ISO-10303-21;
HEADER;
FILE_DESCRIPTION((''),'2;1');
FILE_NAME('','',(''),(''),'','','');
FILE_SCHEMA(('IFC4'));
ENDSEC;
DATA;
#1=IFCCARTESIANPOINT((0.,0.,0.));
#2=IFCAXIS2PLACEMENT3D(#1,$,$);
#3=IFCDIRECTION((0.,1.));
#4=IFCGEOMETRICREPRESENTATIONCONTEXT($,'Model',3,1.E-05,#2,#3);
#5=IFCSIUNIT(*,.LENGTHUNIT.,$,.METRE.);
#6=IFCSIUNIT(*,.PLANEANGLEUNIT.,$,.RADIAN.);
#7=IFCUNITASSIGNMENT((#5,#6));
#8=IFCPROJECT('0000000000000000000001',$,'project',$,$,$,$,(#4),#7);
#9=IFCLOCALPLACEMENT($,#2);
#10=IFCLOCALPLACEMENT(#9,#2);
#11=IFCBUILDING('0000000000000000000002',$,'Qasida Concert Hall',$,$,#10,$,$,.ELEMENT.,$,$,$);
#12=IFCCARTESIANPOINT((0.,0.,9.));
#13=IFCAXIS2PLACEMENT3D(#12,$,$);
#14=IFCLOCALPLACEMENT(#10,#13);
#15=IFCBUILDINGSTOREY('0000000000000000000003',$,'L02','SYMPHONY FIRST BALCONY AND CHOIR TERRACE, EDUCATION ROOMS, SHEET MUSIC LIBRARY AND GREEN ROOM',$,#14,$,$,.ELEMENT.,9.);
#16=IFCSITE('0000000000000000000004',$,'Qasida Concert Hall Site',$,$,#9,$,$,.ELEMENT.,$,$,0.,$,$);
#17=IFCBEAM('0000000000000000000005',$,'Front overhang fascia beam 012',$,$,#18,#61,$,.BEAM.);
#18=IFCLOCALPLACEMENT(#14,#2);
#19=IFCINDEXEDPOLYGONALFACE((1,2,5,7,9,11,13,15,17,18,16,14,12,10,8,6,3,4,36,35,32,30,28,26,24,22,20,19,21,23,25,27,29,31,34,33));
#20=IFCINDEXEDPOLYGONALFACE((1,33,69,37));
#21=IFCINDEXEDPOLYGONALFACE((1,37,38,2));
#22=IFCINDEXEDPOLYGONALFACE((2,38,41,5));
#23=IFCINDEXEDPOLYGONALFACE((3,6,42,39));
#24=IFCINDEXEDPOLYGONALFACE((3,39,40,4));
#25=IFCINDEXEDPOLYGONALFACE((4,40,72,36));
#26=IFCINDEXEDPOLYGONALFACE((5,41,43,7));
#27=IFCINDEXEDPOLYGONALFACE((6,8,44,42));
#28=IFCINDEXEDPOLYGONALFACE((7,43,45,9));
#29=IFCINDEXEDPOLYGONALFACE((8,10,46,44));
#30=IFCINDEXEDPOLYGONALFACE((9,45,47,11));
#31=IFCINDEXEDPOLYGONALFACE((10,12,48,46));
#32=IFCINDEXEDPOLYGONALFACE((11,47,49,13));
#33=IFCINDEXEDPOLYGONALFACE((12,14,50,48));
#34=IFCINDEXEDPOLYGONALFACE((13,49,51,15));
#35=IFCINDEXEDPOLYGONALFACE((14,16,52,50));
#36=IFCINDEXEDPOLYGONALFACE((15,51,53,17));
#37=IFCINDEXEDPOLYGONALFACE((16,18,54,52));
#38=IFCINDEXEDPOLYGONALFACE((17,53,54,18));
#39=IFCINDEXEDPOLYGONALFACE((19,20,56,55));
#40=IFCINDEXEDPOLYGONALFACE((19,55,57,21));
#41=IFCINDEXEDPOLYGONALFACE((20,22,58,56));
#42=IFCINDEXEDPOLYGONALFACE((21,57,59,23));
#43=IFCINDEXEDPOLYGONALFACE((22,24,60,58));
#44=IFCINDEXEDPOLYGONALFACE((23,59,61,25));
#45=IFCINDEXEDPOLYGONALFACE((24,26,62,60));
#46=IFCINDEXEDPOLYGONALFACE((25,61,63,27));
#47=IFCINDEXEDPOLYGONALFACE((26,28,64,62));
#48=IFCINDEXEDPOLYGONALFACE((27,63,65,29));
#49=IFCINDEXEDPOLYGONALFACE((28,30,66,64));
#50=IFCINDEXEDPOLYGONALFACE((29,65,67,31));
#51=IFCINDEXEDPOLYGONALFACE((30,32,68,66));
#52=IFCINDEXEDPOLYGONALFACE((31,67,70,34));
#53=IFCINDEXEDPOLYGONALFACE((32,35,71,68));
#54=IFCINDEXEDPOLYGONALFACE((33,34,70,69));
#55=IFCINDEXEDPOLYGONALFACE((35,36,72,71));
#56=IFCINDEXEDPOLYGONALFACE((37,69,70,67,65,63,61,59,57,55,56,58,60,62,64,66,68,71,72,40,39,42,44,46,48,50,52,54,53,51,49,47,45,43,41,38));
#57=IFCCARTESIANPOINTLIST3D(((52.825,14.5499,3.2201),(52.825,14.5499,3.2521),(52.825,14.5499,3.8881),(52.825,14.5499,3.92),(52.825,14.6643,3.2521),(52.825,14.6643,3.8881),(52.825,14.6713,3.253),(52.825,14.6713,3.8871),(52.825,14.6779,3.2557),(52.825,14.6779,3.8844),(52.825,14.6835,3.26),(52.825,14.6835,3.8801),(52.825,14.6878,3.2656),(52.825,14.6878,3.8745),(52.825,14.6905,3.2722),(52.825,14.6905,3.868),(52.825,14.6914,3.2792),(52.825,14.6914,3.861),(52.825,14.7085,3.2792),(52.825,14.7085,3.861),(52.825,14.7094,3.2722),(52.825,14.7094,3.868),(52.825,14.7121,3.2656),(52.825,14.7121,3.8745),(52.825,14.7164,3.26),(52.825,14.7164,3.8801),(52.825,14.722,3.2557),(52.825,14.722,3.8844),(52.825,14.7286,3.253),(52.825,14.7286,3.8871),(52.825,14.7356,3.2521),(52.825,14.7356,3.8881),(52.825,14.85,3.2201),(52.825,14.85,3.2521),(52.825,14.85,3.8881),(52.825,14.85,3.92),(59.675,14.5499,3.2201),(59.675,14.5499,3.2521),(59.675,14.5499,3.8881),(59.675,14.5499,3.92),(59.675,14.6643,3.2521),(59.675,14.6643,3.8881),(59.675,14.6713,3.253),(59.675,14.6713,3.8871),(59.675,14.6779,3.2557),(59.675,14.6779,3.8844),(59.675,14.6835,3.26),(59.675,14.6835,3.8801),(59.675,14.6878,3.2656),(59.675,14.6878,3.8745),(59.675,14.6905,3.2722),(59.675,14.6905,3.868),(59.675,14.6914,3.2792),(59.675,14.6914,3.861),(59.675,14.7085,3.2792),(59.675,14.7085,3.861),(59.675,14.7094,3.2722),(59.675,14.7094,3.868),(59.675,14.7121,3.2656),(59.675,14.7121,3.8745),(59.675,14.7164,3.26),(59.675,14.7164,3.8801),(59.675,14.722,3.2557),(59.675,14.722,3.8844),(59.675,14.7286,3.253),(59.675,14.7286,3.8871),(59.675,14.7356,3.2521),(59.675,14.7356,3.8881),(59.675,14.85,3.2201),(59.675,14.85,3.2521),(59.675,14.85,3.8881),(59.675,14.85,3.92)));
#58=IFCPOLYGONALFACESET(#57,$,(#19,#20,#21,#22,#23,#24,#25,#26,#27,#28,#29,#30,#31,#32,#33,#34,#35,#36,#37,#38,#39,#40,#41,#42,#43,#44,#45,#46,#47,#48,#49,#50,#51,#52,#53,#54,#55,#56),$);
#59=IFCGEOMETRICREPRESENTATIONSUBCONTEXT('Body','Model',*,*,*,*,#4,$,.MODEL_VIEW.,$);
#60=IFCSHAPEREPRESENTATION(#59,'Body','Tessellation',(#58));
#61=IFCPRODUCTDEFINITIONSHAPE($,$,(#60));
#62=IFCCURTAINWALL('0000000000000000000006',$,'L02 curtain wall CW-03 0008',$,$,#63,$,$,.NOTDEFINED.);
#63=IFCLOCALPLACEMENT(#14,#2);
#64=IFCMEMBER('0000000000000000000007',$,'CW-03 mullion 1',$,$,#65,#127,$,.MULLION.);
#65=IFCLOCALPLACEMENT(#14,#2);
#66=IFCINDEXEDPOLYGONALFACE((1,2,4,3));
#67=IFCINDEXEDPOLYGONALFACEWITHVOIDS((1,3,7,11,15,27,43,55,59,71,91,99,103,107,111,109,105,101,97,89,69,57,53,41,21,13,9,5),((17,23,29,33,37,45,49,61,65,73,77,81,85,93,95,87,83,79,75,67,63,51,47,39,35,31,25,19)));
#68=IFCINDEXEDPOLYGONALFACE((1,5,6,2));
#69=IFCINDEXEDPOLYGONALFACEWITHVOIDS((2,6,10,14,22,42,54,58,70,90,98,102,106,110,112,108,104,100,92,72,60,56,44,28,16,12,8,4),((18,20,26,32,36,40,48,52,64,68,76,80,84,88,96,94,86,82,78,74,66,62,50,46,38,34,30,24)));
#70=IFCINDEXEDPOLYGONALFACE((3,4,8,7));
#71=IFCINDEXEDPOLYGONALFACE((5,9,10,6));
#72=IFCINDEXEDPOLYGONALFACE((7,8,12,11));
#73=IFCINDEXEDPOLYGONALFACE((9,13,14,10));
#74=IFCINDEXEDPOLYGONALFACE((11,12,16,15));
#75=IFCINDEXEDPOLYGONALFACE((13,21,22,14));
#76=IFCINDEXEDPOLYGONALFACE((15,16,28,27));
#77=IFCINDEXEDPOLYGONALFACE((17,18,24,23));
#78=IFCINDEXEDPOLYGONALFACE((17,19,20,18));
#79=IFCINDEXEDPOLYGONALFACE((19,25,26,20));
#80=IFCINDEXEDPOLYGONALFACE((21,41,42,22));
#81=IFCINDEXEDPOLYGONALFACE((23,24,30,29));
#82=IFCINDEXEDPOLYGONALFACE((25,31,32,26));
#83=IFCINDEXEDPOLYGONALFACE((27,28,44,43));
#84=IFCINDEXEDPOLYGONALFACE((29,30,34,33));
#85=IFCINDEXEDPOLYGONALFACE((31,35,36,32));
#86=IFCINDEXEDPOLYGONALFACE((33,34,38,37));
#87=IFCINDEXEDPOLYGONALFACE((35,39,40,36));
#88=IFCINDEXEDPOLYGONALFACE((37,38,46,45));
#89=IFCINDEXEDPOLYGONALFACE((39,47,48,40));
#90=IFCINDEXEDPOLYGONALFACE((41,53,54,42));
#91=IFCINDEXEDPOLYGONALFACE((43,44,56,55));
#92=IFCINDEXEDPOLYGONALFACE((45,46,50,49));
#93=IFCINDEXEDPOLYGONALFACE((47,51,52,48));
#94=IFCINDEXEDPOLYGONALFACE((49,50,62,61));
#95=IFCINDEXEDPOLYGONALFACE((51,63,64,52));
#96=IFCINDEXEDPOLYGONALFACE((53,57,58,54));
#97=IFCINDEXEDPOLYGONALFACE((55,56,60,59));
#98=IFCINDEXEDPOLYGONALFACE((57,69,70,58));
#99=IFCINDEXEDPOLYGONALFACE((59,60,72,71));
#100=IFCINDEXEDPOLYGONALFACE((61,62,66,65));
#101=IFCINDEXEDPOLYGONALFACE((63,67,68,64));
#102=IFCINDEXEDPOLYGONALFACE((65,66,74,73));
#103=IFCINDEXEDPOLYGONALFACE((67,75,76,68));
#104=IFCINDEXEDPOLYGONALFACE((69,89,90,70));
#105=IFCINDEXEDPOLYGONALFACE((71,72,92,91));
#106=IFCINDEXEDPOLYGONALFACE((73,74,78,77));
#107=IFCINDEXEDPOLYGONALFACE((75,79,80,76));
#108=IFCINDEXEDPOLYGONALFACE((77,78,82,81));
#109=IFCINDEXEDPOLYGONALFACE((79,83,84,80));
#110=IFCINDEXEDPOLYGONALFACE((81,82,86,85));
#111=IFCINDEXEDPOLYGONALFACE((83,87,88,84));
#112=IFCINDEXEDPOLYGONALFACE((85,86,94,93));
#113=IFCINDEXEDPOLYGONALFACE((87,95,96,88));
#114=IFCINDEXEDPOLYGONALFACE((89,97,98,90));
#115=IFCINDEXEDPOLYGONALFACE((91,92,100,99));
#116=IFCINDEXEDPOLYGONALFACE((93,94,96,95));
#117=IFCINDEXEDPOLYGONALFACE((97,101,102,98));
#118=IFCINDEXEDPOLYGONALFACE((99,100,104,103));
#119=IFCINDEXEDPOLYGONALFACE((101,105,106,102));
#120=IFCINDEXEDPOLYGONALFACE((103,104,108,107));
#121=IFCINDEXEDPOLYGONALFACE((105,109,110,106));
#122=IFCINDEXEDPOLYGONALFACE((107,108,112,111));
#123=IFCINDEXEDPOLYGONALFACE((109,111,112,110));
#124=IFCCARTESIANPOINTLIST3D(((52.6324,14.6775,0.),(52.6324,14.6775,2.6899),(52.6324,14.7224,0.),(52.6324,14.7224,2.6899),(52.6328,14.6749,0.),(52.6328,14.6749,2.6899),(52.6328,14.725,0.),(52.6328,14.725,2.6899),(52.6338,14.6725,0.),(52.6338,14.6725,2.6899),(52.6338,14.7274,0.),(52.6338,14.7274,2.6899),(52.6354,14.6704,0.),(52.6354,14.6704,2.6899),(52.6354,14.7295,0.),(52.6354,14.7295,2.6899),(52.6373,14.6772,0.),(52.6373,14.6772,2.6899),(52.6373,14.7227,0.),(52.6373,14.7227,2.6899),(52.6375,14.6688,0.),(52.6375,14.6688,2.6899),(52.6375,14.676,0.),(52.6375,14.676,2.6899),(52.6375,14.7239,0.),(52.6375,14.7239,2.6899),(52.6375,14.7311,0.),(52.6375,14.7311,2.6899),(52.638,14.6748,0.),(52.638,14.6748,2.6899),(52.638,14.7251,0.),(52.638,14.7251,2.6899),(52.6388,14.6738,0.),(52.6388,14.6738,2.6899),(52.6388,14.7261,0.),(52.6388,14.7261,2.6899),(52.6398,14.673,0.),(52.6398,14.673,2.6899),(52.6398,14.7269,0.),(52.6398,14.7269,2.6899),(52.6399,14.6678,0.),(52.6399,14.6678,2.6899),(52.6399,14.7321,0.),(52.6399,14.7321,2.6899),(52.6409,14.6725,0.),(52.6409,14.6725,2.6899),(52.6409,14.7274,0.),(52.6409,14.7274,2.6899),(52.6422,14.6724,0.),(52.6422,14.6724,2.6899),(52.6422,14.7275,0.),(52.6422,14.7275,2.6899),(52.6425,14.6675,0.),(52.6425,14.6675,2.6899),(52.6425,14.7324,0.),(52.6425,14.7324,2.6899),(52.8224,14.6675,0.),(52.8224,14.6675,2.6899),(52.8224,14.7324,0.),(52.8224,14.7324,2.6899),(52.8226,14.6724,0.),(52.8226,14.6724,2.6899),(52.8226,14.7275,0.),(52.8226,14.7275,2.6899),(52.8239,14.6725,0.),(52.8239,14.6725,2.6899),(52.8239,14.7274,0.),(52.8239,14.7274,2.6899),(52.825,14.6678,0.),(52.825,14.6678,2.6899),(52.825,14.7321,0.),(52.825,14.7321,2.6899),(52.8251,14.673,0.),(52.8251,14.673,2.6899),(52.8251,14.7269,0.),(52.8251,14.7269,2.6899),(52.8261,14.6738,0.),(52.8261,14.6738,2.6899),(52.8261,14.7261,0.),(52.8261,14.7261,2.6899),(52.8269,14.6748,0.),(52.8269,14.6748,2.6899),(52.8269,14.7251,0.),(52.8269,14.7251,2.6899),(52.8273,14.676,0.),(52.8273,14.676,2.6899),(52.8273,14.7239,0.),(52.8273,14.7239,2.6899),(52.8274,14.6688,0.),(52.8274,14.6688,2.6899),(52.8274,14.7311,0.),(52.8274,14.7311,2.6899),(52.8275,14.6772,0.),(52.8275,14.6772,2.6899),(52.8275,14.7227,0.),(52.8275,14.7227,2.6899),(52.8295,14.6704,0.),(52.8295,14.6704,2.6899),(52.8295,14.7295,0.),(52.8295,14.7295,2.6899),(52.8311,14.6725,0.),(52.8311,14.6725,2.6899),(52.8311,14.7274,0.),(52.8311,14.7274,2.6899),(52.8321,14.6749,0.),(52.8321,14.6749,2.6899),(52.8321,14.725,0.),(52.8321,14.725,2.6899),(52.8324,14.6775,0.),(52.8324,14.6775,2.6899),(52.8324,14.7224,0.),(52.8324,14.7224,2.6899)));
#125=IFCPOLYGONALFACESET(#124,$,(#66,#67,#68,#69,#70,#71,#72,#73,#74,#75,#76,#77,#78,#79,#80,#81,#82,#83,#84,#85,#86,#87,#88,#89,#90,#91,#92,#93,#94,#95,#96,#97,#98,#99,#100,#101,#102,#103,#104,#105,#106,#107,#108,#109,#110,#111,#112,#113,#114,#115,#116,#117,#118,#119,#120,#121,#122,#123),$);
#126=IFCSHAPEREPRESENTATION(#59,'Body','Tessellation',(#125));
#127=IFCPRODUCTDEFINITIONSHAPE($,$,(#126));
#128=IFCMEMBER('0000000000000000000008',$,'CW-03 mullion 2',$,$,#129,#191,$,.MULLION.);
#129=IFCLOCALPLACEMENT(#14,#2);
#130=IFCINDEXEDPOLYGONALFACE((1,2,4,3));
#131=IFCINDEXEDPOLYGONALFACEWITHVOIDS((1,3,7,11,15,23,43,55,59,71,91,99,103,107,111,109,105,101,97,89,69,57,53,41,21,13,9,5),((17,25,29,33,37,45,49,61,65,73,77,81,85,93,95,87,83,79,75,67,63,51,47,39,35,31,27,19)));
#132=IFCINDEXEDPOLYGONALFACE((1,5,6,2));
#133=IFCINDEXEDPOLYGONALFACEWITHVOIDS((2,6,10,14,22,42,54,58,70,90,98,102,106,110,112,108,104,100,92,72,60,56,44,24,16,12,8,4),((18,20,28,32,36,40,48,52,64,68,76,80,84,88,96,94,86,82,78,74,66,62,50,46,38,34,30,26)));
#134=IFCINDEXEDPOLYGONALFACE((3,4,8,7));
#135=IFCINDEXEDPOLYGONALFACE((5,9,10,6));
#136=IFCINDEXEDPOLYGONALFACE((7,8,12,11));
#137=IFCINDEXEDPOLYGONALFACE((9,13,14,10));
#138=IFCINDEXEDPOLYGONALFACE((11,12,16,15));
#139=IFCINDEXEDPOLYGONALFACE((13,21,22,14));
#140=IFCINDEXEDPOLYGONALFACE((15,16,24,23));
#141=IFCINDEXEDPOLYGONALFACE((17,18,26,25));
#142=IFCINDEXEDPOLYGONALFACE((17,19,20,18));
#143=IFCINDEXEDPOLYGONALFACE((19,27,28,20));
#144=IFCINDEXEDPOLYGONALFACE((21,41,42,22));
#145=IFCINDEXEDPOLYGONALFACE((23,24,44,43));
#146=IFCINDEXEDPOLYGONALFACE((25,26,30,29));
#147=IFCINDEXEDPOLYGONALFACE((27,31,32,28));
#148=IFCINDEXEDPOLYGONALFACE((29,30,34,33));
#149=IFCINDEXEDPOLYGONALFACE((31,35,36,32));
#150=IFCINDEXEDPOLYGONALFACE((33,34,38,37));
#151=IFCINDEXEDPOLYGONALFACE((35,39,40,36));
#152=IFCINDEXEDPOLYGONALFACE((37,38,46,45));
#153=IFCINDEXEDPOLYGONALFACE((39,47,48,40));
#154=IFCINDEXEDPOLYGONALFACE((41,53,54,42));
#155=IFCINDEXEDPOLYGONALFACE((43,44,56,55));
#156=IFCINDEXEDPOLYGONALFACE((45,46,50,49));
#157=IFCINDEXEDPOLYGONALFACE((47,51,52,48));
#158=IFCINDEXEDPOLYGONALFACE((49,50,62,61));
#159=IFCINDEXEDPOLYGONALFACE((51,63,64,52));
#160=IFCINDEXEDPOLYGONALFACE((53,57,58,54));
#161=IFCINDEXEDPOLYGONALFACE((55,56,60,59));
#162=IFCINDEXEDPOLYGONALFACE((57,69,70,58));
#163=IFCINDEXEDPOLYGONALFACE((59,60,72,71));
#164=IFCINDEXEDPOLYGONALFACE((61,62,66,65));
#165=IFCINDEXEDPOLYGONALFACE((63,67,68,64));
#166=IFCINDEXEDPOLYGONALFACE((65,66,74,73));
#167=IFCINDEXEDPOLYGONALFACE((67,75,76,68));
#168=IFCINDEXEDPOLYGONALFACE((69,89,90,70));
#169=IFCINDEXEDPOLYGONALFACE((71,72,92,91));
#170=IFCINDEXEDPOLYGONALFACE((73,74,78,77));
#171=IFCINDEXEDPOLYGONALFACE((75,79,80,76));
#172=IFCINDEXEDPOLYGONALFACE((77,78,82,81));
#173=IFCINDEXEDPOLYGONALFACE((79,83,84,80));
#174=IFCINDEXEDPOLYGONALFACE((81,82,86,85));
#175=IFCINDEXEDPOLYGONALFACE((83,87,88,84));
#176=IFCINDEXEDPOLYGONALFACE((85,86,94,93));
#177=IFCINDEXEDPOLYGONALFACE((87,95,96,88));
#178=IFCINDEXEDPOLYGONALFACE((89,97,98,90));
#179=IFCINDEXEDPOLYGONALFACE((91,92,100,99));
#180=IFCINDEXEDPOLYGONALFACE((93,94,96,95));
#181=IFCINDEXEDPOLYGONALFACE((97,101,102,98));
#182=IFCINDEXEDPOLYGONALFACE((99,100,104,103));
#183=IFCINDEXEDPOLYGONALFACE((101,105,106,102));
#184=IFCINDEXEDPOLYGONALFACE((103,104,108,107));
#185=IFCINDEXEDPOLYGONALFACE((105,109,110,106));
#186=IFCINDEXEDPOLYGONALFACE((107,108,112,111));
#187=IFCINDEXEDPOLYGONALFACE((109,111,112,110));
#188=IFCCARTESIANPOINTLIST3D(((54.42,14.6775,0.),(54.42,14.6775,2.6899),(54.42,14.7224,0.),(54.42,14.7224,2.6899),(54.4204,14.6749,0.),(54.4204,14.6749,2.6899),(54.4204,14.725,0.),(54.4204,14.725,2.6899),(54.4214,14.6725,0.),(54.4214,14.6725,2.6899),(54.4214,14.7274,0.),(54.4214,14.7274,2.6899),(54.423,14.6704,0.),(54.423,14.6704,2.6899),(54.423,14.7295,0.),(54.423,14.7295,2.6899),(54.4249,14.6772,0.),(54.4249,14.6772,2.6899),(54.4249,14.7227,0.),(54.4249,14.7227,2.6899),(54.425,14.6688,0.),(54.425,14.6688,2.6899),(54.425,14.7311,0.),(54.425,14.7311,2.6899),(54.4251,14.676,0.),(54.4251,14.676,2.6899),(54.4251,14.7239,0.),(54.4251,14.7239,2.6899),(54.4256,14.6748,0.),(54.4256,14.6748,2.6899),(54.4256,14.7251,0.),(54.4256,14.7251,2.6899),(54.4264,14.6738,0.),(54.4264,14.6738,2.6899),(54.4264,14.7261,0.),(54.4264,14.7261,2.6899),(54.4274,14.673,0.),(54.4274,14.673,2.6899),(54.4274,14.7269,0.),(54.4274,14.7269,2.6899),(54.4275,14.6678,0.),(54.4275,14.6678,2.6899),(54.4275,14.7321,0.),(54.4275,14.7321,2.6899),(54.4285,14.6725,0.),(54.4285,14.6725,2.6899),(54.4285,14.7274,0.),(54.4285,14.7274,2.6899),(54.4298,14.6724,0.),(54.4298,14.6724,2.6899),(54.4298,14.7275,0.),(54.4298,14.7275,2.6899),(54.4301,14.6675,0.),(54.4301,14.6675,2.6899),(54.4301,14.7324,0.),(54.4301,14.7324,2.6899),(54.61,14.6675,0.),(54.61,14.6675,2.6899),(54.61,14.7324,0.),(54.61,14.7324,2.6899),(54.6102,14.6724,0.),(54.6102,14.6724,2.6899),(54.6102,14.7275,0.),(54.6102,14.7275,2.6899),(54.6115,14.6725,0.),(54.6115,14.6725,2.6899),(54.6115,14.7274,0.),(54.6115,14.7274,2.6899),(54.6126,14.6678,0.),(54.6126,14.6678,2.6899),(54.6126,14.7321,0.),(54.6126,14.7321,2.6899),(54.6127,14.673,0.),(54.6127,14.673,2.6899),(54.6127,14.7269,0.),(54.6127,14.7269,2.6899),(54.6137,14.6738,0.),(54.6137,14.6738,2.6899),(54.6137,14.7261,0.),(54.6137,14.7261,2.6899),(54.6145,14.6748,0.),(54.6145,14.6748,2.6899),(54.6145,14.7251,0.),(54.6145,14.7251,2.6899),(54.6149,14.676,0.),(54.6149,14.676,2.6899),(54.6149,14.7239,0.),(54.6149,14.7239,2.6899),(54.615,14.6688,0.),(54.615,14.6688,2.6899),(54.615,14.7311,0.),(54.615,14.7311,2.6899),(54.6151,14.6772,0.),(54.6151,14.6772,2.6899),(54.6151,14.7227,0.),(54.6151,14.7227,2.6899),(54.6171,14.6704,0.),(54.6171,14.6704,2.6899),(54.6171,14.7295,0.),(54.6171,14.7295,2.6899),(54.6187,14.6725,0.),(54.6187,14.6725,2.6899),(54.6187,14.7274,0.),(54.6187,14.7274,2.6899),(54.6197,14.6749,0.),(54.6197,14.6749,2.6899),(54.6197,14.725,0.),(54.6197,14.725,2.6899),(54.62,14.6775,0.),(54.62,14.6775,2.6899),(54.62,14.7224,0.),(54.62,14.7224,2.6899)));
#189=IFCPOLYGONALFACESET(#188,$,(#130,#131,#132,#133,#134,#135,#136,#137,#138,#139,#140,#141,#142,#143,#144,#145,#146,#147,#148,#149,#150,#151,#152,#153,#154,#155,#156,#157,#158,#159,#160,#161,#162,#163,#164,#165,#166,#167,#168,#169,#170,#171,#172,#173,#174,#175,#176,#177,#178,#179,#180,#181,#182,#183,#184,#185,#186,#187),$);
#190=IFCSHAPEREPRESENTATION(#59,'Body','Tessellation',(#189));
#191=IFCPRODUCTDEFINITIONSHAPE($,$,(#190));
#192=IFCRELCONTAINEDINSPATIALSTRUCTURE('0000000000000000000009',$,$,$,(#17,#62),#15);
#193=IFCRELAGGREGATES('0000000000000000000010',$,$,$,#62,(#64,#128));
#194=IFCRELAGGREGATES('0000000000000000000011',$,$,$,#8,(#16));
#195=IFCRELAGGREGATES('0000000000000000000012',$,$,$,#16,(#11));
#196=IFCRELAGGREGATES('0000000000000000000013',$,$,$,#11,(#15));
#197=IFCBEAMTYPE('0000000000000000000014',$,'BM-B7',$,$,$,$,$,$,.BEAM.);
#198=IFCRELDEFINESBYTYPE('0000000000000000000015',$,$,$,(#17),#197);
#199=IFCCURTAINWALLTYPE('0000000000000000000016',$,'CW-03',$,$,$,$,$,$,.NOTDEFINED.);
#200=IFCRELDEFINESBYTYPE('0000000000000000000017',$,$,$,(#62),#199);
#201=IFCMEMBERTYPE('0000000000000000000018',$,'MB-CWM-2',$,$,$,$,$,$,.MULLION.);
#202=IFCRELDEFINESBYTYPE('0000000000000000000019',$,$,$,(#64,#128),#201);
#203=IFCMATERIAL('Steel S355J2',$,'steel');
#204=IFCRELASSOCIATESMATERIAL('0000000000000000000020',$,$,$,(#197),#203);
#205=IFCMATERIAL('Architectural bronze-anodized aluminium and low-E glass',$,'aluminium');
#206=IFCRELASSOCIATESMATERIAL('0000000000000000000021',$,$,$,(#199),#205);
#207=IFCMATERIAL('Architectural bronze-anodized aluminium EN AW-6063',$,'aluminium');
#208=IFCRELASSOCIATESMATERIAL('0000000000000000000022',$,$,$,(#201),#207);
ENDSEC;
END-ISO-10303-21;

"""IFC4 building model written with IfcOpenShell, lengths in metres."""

from ifc_helpers import new_model, si_unit, direction, frame, origin, origin_2d, place, context, subcontext, project, spatial, hollow_rectangle, i_section, extrude, material, material_profile, profile_set, type_object, element, aggregate, save


model = new_model("IFC4")

# Units and contexts
model_context = context("Model", 3, precision=1e-05, world=origin(), true_north=direction((0.0, 1.0)))
body_context = subcontext(model_context, "Body", "Model", "MODEL_VIEW")
ifc_project = project(units=[si_unit("LENGTHUNIT", "METRE"), si_unit("PLANEANGLEUNIT", "RADIAN")], contexts=[model_context])

# Site, building, storey
site_placement = place(None, origin())
site = spatial("IfcSite", under=ifc_project, at=site_placement, Name="Qasida Concert Hall Site", CompositionType="ELEMENT", RefElevation=0.0)
building_placement = place(site_placement, origin())
building = spatial("IfcBuilding", under=site, at=building_placement, Name="Qasida Concert Hall", CompositionType="ELEMENT")
storey_placement = place(building_placement, frame((0.0, 0.0, 9.0)))
storey = spatial("IfcBuildingStorey", under=building, at=storey_placement, Name="L02", Description="SYMPHONY FIRST BALCONY AND CHOIR TERRACE, EDUCATION ROOMS, SHEET MUSIC LIBRARY AND GREEN ROOM", CompositionType="ELEMENT", Elevation=9.0)

# Beam
ifc_material_1 = material(Name="Steel S355J2", Category="steel")
ifc_material_profile_1 = material_profile(ifc_material_1, i_section(OverallWidth=0.3, OverallDepth=0.7, WebThickness=0.0171, FlangeThickness=0.032, FilletRadius=0.0271, at=origin_2d()), Name="HEB 700")
ifc_profile_set_1 = profile_set([ifc_material_profile_1], Name="Steel S355J2")
beam_type = type_object("IfcBeamType", Name="BM-B7", PredefinedType="BEAM", material=ifc_profile_set_1)
beam_placement = place(storey_placement, frame((52.825, 14.7, 3.5701), z_axis=(1.0, 0.0, 0.0), x_axis=(0.0, 1.0, 0.0)))
element("IfcBeam", 1, at=beam_placement, inside=storey, type_object=beam_type, Name="Front overhang fascia beam 012", PredefinedType="BEAM", context=body_context, shape_type="SweptSolid", body=[
    extrude(i_section(OverallWidth=0.3, OverallDepth=0.7, WebThickness=0.0171, FlangeThickness=0.032, FilletRadius=0.0271, at=origin_2d()), origin(), (0.0, 0.0, 1.0), 6.8501),
])

# Curtain wall, members
ifc_material_2 = material(Name="Architectural bronze-anodized aluminium and low-E glass", Category="aluminium")
curtain_wall_type = type_object("IfcCurtainWallType", Name="CW-03", PredefinedType="NOTDEFINED", material=ifc_material_2)
curtain_wall_placement = place(storey_placement, origin())
curtain_wall = element("IfcCurtainWall", 2, at=curtain_wall_placement, inside=storey, type_object=curtain_wall_type, Name="L02 curtain wall CW-03 0008", PredefinedType="NOTDEFINED")
ifc_material_3 = material(Name="Architectural bronze-anodized aluminium EN AW-6063", Category="aluminium")
ifc_material_profile_2 = material_profile(ifc_material_3, hollow_rectangle(XDim=0.0649, YDim=0.2, WallThickness=0.0049, InnerFilletRadius=0.0049, OuterFilletRadius=0.01, at=origin_2d()), Name="CWM 200x65x5")
ifc_profile_set_2 = profile_set([ifc_material_profile_2], Name="Architectural bronze-anodized aluminium EN AW-6063")
member_type_1 = type_object("IfcMemberType", Name="MB-CWM-2", PredefinedType="MULLION", material=ifc_profile_set_2)
member_1_placement = place(storey_placement, frame((52.7324, 14.7, 0.0), z_axis=(0.0, 0.0, 1.0), x_axis=(0.0, 1.0, 0.0)))
member_1 = element("IfcMember", 3, at=member_1_placement, type_object=member_type_1, Name="CW-03 mullion 1", PredefinedType="MULLION", context=body_context, shape_type="SweptSolid", body=[
    extrude(hollow_rectangle(XDim=0.0649, YDim=0.2, WallThickness=0.0049, InnerFilletRadius=0.0049, OuterFilletRadius=0.01, at=origin_2d()), origin(), (0.0, 0.0, 1.0), 2.6899),
])
member_2_placement = place(storey_placement, frame((54.52, 14.7, 0.0), z_axis=(0.0, 0.0, 1.0), x_axis=(0.0, 1.0, 0.0)))
member_2 = element("IfcMember", 4, at=member_2_placement, type_object=member_type_1, Name="CW-03 mullion 2", PredefinedType="MULLION", context=body_context, shape_type="SweptSolid", body=[
    extrude(hollow_rectangle(XDim=0.0649, YDim=0.2, WallThickness=0.0049, InnerFilletRadius=0.0049, OuterFilletRadius=0.01, at=origin_2d()), origin(), (0.0, 0.0, 1.0), 2.6899),
])
aggregate(curtain_wall, [member_1, member_2])

save(model, "model.ifc")
